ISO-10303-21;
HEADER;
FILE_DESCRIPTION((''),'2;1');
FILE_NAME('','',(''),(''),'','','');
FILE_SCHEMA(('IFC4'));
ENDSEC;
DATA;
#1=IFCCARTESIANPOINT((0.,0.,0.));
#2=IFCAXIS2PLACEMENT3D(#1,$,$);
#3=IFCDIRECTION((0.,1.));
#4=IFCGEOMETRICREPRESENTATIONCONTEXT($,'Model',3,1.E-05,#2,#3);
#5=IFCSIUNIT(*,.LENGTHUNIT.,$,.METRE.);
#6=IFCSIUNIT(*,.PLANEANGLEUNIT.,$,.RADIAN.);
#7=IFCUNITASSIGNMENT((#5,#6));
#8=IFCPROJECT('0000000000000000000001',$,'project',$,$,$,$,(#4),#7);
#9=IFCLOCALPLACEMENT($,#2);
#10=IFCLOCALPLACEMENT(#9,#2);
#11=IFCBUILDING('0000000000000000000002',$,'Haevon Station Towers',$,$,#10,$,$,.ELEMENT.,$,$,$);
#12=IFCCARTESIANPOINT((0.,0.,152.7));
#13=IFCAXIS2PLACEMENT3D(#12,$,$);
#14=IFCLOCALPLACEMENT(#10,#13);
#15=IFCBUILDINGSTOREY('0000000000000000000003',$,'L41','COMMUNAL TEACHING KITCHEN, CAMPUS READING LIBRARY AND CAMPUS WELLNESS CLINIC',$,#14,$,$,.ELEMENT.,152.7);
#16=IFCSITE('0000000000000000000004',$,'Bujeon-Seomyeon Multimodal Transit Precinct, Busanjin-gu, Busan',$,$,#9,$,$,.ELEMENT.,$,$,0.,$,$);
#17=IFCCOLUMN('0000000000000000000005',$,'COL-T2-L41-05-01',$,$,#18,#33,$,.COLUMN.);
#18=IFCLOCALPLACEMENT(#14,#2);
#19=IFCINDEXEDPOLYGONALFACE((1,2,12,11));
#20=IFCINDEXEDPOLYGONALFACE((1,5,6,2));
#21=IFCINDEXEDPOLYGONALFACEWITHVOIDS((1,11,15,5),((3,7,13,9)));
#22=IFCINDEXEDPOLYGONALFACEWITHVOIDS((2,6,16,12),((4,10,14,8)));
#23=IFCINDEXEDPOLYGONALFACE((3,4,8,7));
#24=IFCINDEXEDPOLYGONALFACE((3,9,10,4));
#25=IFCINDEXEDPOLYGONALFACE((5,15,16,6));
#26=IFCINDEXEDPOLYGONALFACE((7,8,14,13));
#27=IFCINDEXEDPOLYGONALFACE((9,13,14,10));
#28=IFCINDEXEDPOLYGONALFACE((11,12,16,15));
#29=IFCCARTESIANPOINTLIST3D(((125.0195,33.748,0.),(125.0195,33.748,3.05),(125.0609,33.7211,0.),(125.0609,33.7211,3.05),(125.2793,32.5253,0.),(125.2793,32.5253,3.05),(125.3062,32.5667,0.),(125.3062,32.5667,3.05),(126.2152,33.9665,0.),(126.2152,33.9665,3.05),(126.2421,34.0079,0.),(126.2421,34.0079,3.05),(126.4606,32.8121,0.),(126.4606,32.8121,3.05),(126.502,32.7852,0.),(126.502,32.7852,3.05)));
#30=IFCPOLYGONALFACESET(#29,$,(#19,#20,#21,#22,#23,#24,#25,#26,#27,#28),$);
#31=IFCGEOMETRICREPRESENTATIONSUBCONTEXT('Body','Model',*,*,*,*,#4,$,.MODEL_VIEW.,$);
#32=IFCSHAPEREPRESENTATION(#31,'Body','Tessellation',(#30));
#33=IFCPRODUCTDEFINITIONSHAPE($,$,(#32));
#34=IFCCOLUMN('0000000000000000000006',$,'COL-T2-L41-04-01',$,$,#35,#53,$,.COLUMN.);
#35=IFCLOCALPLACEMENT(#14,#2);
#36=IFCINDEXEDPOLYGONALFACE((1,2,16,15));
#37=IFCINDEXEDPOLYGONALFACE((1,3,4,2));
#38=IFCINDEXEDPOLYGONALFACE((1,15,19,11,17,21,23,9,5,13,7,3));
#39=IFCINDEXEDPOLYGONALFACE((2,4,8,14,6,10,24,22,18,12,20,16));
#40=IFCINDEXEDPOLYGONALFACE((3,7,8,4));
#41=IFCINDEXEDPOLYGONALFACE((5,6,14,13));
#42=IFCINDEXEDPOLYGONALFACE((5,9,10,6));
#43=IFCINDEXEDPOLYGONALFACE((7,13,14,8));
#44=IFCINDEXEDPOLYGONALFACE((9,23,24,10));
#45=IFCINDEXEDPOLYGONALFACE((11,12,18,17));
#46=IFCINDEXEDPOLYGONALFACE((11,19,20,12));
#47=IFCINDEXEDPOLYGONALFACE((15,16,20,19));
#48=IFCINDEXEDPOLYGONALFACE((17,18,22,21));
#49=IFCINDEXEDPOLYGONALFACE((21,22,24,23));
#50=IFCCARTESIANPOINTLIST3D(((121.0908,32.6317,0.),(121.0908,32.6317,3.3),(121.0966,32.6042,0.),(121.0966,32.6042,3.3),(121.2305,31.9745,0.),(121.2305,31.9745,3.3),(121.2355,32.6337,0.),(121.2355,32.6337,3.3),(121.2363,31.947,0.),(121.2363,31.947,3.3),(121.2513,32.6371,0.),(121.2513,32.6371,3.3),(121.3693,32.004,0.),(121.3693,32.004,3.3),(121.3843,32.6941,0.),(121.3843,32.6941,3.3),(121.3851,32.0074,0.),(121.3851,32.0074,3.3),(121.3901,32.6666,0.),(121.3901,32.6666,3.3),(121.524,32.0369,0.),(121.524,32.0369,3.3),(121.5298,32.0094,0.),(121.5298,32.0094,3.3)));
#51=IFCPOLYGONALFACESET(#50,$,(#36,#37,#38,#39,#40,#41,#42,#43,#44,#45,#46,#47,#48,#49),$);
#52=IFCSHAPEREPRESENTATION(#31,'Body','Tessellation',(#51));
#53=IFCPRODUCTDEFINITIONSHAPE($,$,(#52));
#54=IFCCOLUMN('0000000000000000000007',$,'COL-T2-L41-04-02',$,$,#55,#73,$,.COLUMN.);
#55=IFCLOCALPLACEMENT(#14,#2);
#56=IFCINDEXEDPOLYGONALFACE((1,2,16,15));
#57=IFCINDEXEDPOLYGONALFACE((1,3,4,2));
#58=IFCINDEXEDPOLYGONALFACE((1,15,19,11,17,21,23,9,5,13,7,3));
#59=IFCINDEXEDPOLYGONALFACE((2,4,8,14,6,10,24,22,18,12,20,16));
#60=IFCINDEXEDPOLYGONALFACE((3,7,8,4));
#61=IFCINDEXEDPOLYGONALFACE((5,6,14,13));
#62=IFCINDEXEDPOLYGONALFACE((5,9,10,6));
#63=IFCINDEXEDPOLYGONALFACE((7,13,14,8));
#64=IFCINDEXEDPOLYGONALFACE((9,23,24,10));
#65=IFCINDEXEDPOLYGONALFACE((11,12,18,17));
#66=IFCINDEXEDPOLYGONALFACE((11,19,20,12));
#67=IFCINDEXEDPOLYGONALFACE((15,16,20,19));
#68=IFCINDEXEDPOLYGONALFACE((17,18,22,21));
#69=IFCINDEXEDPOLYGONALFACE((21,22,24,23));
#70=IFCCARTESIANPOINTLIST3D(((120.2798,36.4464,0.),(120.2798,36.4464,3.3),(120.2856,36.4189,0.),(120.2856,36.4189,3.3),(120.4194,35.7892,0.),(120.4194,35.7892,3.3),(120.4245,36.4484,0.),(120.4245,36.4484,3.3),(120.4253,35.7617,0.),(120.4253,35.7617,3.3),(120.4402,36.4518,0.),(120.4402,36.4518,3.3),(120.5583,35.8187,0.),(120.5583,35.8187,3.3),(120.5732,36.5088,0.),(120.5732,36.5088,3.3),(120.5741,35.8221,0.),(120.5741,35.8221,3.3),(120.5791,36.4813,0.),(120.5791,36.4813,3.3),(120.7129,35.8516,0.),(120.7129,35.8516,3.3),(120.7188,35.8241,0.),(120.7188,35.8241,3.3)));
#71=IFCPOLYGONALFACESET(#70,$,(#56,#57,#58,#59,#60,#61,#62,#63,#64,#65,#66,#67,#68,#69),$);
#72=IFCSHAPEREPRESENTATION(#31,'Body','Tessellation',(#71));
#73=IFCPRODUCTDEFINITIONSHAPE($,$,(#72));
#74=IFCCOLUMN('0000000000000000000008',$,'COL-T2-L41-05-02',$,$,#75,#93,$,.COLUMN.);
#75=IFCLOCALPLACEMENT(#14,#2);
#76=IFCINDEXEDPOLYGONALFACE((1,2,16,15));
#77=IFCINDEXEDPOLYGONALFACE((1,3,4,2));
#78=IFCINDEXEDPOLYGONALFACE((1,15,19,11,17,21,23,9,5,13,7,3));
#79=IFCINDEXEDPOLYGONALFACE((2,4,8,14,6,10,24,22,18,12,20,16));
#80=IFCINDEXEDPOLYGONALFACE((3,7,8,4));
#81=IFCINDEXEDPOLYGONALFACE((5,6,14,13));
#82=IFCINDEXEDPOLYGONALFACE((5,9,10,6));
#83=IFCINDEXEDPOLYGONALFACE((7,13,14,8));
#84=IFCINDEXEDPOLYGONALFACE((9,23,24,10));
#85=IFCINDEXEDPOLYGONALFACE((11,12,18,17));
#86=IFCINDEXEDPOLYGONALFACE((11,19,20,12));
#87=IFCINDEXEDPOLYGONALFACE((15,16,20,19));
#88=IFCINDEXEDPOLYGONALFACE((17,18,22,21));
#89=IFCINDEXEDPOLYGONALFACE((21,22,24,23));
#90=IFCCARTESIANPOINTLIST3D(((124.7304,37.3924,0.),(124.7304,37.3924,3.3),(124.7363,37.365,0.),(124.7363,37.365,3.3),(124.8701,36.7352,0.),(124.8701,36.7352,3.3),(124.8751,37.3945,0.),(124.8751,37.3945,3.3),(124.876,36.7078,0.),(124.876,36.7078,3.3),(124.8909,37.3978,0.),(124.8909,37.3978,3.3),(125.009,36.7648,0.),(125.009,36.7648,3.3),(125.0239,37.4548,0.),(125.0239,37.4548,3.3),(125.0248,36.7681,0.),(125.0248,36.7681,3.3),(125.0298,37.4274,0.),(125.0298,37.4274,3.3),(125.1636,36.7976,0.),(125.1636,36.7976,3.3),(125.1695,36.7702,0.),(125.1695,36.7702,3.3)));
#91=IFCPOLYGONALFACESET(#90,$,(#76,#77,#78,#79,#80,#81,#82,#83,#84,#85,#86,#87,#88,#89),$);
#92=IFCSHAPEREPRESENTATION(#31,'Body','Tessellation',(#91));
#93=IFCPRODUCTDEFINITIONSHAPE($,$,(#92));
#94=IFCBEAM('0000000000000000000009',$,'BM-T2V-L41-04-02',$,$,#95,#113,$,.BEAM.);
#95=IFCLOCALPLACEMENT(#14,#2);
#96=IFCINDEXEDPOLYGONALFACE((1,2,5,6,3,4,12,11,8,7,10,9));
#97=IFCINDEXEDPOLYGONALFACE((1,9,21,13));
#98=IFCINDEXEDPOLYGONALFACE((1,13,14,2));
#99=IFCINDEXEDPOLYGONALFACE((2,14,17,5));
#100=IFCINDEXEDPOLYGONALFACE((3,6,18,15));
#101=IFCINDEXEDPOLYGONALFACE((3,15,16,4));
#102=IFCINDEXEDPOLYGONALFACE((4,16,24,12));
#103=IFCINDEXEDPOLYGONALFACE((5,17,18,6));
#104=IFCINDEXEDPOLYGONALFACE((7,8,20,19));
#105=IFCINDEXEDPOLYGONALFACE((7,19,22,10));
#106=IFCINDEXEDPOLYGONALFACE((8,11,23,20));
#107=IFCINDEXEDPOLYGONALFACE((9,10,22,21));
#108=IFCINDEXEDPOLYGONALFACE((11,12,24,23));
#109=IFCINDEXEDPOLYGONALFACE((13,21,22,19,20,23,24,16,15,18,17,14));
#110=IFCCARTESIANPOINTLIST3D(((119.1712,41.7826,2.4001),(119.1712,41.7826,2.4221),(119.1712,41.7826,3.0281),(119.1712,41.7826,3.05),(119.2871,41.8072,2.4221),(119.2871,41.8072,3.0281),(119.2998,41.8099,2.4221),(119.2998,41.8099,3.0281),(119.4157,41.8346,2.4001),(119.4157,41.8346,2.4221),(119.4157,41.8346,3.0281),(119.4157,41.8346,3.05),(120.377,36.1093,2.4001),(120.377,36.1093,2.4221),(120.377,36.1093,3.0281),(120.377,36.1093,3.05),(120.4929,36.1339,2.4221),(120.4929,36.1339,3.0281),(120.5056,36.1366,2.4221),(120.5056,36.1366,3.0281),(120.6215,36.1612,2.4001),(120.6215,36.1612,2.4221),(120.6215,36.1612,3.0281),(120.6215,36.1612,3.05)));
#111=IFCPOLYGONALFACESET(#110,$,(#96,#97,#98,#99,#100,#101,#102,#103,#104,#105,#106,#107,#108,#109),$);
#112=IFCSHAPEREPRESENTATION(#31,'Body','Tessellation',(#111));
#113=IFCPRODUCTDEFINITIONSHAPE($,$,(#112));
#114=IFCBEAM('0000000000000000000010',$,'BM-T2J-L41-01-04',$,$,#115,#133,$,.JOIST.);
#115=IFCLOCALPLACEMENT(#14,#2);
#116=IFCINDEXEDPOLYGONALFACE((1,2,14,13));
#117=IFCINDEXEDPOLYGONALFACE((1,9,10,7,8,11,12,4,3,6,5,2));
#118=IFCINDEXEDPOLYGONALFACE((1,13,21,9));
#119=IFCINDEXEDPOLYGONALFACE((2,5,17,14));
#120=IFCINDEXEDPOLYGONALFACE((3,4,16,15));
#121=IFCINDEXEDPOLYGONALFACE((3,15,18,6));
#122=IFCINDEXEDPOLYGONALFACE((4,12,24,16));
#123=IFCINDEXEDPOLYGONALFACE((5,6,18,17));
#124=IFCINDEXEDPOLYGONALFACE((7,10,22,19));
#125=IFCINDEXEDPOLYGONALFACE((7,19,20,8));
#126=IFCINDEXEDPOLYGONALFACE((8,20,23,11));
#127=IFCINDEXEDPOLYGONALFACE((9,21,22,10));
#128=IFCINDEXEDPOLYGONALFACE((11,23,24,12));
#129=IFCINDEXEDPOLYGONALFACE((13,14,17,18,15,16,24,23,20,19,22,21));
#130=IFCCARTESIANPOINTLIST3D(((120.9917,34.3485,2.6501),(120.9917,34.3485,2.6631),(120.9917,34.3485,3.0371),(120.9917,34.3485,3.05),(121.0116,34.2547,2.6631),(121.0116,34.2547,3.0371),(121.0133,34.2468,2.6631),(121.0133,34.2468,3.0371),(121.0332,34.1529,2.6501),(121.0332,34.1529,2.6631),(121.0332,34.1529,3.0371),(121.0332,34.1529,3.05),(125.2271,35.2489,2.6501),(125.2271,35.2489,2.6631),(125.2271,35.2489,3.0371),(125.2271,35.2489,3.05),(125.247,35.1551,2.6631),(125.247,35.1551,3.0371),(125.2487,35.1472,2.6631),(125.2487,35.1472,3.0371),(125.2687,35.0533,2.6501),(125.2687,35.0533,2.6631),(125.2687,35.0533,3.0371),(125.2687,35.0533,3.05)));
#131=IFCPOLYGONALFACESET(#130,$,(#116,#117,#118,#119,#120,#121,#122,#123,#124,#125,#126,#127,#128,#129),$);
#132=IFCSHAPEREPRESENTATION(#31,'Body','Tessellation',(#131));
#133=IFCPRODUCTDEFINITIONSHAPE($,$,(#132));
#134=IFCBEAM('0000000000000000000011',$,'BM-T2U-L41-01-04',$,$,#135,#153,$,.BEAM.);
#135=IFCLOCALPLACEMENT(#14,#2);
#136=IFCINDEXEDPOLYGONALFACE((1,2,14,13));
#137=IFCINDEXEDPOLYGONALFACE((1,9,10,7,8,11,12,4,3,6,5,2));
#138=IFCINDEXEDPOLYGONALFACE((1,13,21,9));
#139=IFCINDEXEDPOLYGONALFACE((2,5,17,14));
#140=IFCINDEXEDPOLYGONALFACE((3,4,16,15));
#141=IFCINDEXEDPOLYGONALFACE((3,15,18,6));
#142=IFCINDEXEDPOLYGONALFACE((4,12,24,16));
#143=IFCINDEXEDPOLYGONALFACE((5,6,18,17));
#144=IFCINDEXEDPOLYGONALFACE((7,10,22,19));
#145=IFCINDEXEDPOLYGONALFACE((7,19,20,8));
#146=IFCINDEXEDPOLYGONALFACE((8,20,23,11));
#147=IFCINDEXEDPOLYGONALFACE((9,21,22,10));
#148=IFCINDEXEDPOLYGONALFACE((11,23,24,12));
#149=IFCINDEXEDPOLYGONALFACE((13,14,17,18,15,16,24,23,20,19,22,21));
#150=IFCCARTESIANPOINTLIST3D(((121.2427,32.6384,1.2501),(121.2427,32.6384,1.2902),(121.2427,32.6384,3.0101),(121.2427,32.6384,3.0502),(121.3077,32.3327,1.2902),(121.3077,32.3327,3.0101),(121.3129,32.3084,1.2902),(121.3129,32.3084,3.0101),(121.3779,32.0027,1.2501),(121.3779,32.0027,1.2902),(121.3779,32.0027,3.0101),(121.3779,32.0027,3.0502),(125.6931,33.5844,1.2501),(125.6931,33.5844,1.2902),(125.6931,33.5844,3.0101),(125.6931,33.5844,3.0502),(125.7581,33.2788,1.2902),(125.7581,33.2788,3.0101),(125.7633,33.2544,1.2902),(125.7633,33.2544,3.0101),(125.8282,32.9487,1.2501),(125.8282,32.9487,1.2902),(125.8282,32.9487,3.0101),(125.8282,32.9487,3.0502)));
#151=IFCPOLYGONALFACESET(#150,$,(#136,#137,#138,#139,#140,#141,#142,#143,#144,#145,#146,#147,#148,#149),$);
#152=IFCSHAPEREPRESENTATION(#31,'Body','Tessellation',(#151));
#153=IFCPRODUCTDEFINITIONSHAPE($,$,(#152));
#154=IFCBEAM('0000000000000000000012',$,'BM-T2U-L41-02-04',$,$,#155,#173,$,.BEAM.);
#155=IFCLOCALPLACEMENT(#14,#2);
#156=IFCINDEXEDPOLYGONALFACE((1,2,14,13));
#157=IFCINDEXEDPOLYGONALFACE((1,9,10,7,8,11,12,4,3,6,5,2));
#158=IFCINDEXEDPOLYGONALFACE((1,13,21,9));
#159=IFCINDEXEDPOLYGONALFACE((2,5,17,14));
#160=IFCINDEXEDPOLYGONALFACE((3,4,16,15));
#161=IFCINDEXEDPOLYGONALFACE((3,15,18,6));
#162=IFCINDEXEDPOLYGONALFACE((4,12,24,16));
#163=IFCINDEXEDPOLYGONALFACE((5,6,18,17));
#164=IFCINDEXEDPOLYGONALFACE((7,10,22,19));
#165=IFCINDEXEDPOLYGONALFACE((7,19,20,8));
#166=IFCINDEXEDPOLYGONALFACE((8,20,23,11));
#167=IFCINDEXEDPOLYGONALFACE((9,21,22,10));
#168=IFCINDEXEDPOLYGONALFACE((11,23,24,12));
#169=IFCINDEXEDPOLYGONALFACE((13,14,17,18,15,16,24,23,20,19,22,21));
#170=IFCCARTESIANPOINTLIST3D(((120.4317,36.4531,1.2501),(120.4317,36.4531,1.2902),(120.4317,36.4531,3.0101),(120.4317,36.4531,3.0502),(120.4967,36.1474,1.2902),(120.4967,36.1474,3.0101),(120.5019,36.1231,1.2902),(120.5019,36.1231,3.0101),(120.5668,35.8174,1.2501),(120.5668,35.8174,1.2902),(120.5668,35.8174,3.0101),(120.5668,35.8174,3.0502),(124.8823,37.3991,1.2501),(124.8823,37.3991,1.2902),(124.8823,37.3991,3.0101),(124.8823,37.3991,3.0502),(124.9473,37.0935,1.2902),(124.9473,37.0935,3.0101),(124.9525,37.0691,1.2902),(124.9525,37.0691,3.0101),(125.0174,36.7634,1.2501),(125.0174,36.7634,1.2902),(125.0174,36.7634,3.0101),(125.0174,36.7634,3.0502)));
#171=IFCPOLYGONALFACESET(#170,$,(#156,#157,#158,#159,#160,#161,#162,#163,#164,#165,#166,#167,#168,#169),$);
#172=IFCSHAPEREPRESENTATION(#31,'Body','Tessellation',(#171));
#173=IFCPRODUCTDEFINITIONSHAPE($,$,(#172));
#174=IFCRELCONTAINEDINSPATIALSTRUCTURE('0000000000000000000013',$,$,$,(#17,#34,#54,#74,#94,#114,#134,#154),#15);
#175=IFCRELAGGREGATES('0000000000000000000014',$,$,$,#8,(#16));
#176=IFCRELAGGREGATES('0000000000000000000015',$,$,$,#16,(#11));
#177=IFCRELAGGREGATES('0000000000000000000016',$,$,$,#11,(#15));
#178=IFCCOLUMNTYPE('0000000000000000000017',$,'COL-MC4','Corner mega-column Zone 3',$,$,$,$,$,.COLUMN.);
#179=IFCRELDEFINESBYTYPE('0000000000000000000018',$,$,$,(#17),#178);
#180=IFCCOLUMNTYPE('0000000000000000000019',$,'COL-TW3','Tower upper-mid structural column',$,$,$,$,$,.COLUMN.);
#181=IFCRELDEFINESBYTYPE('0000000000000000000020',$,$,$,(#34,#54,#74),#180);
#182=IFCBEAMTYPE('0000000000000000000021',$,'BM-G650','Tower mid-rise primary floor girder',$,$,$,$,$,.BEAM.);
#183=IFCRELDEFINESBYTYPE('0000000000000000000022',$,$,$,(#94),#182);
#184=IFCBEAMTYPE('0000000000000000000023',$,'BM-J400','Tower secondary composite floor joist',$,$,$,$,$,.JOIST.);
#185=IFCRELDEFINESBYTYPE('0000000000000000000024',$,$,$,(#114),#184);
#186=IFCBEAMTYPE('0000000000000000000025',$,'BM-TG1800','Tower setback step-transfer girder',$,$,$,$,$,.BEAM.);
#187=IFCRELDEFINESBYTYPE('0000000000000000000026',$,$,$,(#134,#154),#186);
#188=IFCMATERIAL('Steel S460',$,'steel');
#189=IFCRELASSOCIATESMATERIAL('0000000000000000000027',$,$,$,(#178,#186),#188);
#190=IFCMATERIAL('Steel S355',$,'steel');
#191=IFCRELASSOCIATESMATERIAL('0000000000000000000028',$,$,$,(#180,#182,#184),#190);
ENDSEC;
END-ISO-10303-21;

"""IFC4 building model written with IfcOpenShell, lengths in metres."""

from ifc_helpers import new_model, si_unit, direction, frame, origin, origin_2d, place, context, subcontext, project, spatial, hollow_rectangle, i_section, extrude, material, material_profile, profile_set, type_object, element, save


model = new_model("IFC4")

# Units and contexts
model_context = context("Model", 3, precision=1e-05, world=origin(), true_north=direction((0.0, 1.0)))
body_context = subcontext(model_context, "Body", "Model", "MODEL_VIEW")
ifc_project = project(units=[si_unit("LENGTHUNIT", "METRE"), si_unit("PLANEANGLEUNIT", "RADIAN")], contexts=[model_context])

# Site, building, storey
site_placement = place(None, origin())
site = spatial("IfcSite", under=ifc_project, at=site_placement, Name="Bujeon-Seomyeon Multimodal Transit Precinct, Busanjin-gu, Busan", CompositionType="ELEMENT", RefElevation=0.0)
building_placement = place(site_placement, origin())
building = spatial("IfcBuilding", under=site, at=building_placement, Name="Haevon Station Towers", CompositionType="ELEMENT")
storey_placement = place(building_placement, frame((0.0, 0.0, 152.7)))
storey = spatial("IfcBuildingStorey", under=building, at=storey_placement, Name="L41", Description="COMMUNAL TEACHING KITCHEN, CAMPUS READING LIBRARY AND CAMPUS WELLNESS CLINIC", CompositionType="ELEMENT", Elevation=152.7)

# Columns
ifc_material_1 = material(Name="Steel S460", Category="steel")
ifc_material_profile_1 = material_profile(ifc_material_1, hollow_rectangle(XDim=1.25, YDim=1.25, WallThickness=0.0349, at=origin_2d()), Name="BOX-1250x1250x35")
ifc_profile_set_1 = profile_set([ifc_material_profile_1], Name="Steel S460")
column_type_1 = type_object("IfcColumnType", Name="COL-MC4", Description="Corner mega-column Zone 3", PredefinedType="COLUMN", material=ifc_profile_set_1)
column_placement = place(storey_placement, frame((125.7607, 33.2666, 0.0), z_axis=(0.0, 0.0, 1.0), x_axis=(0.978148, 0.207912, 0.0)))
element("IfcColumn", 1, at=column_placement, inside=storey, type_object=column_type_1, Name="COL-T2-L41-05-01", PredefinedType="COLUMN", context=body_context, shape_type="SweptSolid", body=[
    extrude(hollow_rectangle(XDim=1.25, YDim=1.25, WallThickness=0.0349, at=origin_2d()), origin(), (0.0, 0.0, 1.0), 3.05),
])
ifc_material_2 = material(Name="Steel S355", Category="steel")
ifc_material_profile_2 = material_profile(ifc_material_2, i_section(OverallWidth=0.3, OverallDepth=0.7, WebThickness=0.0161, FlangeThickness=0.0281, at=origin_2d()), Name="H-700x300x16x28")
ifc_profile_set_2 = profile_set([ifc_material_profile_2], Name="Steel S355")
column_type_2 = type_object("IfcColumnType", Name="COL-TW3", Description="Tower upper-mid structural column", PredefinedType="COLUMN", material=ifc_profile_set_2)
for number, where, z_axis, x_axis, name in (
    (2, (121.3103, 32.3206, 0.0), (0.0, 0.0, 1.0), (0.978148, 0.207912, 0.0), "COL-T2-L41-04-01"),
    (3, (120.4993, 36.1353, 0.0), (0.0, 0.0, 1.0), (0.978148, 0.207912, 0.0), "COL-T2-L41-04-02"),
    (4, (124.95, 37.0813, 0.0), (0.0, 0.0, 1.0), (0.978148, 0.207912, 0.0), "COL-T2-L41-05-02"),
):
    element("IfcColumn", number, at=place(storey_placement, frame(where, z_axis=z_axis, x_axis=x_axis)), inside=storey, type_object=column_type_2, Name=name, PredefinedType="COLUMN", context=body_context, shape_type="SweptSolid", body=[
        extrude(i_section(OverallWidth=0.3, OverallDepth=0.7, WebThickness=0.0161, FlangeThickness=0.0281, at=origin_2d()), origin(), (0.0, 0.0, 1.0), 3.3),
    ])

# Beams
ifc_material_profile_3 = material_profile(ifc_material_2, i_section(OverallWidth=0.25, OverallDepth=0.6499, WebThickness=0.0129, FlangeThickness=0.022, at=origin_2d()), Name="H-650x250x13x22")
ifc_profile_set_3 = profile_set([ifc_material_profile_3], Name="Steel S355")
beam_type_1 = type_object("IfcBeamType", Name="BM-G650", Description="Tower mid-rise primary floor girder", PredefinedType="BEAM", material=ifc_profile_set_3)
beam_1_placement = place(storey_placement, frame((120.4993, 36.1353, 2.7251), z_axis=(-0.207896, 0.978151, 0.0), x_axis=(-0.978151, -0.207896, 0.0)))
element("IfcBeam", 5, at=beam_1_placement, inside=storey, type_object=beam_type_1, Name="BM-T2V-L41-04-02", PredefinedType="BEAM", context=body_context, shape_type="SweptSolid", body=[
    extrude(i_section(OverallWidth=0.25, OverallDepth=0.6499, WebThickness=0.0129, FlangeThickness=0.022, at=origin_2d()), origin(), (0.0, 0.0, 1.0), 5.8),
])
ifc_material_profile_4 = material_profile(ifc_material_2, i_section(OverallWidth=0.2, OverallDepth=0.3999, WebThickness=0.0081, FlangeThickness=0.0129, at=origin_2d()), Name="H-400x200x8x13")
ifc_profile_set_4 = profile_set([ifc_material_profile_4], Name="Steel S355")
beam_type_2 = type_object("IfcBeamType", Name="BM-J400", Description="Tower secondary composite floor joist", PredefinedType="JOIST", material=ifc_profile_set_4)
beam_2_placement = place(storey_placement, frame((121.0125, 34.2507, 2.8501), z_axis=(0.978141, 0.207942, 0.0), x_axis=(-0.207942, 0.978141, 0.0)))
element("IfcBeam", 6, at=beam_2_placement, inside=storey, type_object=beam_type_2, Name="BM-T2J-L41-01-04", PredefinedType="JOIST", context=body_context, shape_type="SweptSolid", body=[
    extrude(i_section(OverallWidth=0.2, OverallDepth=0.3999, WebThickness=0.0081, FlangeThickness=0.0129, at=origin_2d()), origin(), (0.0, 0.0, 1.0), 4.3301),
])
ifc_material_profile_5 = material_profile(ifc_material_1, i_section(OverallWidth=0.6499, OverallDepth=1.8, WebThickness=0.0249, FlangeThickness=0.04, at=origin_2d()), Name="H-1800x650x25x40")
ifc_profile_set_5 = profile_set([ifc_material_profile_5], Name="Steel S460")
beam_type_3 = type_object("IfcBeamType", Name="BM-TG1800", Description="Tower setback step-transfer girder", PredefinedType="BEAM", material=ifc_profile_set_5)
beam_3_placement = place(storey_placement, frame((121.3103, 32.3206, 2.1501), z_axis=(0.978144, 0.207927, 0.0), x_axis=(-0.207927, 0.978144, 0.0)))
element("IfcBeam", 7, at=beam_3_placement, inside=storey, type_object=beam_type_3, Name="BM-T2U-L41-01-04", PredefinedType="BEAM", context=body_context, shape_type="SweptSolid", body=[
    extrude(i_section(OverallWidth=0.6499, OverallDepth=1.8, WebThickness=0.0249, FlangeThickness=0.04, at=origin_2d()), origin(), (0.0, 0.0, 1.0), 4.5498),
])
beam_4_placement = place(storey_placement, frame((120.4993, 36.1353, 2.1501), z_axis=(0.978147, 0.207917, 0.0), x_axis=(-0.207917, 0.978147, 0.0)))
element("IfcBeam", 8, at=beam_4_placement, inside=storey, type_object=beam_type_3, Name="BM-T2U-L41-02-04", PredefinedType="BEAM", context=body_context, shape_type="SweptSolid", body=[
    extrude(i_section(OverallWidth=0.6499, OverallDepth=1.8, WebThickness=0.0249, FlangeThickness=0.04, at=origin_2d()), origin(), (0.0, 0.0, 1.0), 4.55),
])

save(model, "model.ifc")
